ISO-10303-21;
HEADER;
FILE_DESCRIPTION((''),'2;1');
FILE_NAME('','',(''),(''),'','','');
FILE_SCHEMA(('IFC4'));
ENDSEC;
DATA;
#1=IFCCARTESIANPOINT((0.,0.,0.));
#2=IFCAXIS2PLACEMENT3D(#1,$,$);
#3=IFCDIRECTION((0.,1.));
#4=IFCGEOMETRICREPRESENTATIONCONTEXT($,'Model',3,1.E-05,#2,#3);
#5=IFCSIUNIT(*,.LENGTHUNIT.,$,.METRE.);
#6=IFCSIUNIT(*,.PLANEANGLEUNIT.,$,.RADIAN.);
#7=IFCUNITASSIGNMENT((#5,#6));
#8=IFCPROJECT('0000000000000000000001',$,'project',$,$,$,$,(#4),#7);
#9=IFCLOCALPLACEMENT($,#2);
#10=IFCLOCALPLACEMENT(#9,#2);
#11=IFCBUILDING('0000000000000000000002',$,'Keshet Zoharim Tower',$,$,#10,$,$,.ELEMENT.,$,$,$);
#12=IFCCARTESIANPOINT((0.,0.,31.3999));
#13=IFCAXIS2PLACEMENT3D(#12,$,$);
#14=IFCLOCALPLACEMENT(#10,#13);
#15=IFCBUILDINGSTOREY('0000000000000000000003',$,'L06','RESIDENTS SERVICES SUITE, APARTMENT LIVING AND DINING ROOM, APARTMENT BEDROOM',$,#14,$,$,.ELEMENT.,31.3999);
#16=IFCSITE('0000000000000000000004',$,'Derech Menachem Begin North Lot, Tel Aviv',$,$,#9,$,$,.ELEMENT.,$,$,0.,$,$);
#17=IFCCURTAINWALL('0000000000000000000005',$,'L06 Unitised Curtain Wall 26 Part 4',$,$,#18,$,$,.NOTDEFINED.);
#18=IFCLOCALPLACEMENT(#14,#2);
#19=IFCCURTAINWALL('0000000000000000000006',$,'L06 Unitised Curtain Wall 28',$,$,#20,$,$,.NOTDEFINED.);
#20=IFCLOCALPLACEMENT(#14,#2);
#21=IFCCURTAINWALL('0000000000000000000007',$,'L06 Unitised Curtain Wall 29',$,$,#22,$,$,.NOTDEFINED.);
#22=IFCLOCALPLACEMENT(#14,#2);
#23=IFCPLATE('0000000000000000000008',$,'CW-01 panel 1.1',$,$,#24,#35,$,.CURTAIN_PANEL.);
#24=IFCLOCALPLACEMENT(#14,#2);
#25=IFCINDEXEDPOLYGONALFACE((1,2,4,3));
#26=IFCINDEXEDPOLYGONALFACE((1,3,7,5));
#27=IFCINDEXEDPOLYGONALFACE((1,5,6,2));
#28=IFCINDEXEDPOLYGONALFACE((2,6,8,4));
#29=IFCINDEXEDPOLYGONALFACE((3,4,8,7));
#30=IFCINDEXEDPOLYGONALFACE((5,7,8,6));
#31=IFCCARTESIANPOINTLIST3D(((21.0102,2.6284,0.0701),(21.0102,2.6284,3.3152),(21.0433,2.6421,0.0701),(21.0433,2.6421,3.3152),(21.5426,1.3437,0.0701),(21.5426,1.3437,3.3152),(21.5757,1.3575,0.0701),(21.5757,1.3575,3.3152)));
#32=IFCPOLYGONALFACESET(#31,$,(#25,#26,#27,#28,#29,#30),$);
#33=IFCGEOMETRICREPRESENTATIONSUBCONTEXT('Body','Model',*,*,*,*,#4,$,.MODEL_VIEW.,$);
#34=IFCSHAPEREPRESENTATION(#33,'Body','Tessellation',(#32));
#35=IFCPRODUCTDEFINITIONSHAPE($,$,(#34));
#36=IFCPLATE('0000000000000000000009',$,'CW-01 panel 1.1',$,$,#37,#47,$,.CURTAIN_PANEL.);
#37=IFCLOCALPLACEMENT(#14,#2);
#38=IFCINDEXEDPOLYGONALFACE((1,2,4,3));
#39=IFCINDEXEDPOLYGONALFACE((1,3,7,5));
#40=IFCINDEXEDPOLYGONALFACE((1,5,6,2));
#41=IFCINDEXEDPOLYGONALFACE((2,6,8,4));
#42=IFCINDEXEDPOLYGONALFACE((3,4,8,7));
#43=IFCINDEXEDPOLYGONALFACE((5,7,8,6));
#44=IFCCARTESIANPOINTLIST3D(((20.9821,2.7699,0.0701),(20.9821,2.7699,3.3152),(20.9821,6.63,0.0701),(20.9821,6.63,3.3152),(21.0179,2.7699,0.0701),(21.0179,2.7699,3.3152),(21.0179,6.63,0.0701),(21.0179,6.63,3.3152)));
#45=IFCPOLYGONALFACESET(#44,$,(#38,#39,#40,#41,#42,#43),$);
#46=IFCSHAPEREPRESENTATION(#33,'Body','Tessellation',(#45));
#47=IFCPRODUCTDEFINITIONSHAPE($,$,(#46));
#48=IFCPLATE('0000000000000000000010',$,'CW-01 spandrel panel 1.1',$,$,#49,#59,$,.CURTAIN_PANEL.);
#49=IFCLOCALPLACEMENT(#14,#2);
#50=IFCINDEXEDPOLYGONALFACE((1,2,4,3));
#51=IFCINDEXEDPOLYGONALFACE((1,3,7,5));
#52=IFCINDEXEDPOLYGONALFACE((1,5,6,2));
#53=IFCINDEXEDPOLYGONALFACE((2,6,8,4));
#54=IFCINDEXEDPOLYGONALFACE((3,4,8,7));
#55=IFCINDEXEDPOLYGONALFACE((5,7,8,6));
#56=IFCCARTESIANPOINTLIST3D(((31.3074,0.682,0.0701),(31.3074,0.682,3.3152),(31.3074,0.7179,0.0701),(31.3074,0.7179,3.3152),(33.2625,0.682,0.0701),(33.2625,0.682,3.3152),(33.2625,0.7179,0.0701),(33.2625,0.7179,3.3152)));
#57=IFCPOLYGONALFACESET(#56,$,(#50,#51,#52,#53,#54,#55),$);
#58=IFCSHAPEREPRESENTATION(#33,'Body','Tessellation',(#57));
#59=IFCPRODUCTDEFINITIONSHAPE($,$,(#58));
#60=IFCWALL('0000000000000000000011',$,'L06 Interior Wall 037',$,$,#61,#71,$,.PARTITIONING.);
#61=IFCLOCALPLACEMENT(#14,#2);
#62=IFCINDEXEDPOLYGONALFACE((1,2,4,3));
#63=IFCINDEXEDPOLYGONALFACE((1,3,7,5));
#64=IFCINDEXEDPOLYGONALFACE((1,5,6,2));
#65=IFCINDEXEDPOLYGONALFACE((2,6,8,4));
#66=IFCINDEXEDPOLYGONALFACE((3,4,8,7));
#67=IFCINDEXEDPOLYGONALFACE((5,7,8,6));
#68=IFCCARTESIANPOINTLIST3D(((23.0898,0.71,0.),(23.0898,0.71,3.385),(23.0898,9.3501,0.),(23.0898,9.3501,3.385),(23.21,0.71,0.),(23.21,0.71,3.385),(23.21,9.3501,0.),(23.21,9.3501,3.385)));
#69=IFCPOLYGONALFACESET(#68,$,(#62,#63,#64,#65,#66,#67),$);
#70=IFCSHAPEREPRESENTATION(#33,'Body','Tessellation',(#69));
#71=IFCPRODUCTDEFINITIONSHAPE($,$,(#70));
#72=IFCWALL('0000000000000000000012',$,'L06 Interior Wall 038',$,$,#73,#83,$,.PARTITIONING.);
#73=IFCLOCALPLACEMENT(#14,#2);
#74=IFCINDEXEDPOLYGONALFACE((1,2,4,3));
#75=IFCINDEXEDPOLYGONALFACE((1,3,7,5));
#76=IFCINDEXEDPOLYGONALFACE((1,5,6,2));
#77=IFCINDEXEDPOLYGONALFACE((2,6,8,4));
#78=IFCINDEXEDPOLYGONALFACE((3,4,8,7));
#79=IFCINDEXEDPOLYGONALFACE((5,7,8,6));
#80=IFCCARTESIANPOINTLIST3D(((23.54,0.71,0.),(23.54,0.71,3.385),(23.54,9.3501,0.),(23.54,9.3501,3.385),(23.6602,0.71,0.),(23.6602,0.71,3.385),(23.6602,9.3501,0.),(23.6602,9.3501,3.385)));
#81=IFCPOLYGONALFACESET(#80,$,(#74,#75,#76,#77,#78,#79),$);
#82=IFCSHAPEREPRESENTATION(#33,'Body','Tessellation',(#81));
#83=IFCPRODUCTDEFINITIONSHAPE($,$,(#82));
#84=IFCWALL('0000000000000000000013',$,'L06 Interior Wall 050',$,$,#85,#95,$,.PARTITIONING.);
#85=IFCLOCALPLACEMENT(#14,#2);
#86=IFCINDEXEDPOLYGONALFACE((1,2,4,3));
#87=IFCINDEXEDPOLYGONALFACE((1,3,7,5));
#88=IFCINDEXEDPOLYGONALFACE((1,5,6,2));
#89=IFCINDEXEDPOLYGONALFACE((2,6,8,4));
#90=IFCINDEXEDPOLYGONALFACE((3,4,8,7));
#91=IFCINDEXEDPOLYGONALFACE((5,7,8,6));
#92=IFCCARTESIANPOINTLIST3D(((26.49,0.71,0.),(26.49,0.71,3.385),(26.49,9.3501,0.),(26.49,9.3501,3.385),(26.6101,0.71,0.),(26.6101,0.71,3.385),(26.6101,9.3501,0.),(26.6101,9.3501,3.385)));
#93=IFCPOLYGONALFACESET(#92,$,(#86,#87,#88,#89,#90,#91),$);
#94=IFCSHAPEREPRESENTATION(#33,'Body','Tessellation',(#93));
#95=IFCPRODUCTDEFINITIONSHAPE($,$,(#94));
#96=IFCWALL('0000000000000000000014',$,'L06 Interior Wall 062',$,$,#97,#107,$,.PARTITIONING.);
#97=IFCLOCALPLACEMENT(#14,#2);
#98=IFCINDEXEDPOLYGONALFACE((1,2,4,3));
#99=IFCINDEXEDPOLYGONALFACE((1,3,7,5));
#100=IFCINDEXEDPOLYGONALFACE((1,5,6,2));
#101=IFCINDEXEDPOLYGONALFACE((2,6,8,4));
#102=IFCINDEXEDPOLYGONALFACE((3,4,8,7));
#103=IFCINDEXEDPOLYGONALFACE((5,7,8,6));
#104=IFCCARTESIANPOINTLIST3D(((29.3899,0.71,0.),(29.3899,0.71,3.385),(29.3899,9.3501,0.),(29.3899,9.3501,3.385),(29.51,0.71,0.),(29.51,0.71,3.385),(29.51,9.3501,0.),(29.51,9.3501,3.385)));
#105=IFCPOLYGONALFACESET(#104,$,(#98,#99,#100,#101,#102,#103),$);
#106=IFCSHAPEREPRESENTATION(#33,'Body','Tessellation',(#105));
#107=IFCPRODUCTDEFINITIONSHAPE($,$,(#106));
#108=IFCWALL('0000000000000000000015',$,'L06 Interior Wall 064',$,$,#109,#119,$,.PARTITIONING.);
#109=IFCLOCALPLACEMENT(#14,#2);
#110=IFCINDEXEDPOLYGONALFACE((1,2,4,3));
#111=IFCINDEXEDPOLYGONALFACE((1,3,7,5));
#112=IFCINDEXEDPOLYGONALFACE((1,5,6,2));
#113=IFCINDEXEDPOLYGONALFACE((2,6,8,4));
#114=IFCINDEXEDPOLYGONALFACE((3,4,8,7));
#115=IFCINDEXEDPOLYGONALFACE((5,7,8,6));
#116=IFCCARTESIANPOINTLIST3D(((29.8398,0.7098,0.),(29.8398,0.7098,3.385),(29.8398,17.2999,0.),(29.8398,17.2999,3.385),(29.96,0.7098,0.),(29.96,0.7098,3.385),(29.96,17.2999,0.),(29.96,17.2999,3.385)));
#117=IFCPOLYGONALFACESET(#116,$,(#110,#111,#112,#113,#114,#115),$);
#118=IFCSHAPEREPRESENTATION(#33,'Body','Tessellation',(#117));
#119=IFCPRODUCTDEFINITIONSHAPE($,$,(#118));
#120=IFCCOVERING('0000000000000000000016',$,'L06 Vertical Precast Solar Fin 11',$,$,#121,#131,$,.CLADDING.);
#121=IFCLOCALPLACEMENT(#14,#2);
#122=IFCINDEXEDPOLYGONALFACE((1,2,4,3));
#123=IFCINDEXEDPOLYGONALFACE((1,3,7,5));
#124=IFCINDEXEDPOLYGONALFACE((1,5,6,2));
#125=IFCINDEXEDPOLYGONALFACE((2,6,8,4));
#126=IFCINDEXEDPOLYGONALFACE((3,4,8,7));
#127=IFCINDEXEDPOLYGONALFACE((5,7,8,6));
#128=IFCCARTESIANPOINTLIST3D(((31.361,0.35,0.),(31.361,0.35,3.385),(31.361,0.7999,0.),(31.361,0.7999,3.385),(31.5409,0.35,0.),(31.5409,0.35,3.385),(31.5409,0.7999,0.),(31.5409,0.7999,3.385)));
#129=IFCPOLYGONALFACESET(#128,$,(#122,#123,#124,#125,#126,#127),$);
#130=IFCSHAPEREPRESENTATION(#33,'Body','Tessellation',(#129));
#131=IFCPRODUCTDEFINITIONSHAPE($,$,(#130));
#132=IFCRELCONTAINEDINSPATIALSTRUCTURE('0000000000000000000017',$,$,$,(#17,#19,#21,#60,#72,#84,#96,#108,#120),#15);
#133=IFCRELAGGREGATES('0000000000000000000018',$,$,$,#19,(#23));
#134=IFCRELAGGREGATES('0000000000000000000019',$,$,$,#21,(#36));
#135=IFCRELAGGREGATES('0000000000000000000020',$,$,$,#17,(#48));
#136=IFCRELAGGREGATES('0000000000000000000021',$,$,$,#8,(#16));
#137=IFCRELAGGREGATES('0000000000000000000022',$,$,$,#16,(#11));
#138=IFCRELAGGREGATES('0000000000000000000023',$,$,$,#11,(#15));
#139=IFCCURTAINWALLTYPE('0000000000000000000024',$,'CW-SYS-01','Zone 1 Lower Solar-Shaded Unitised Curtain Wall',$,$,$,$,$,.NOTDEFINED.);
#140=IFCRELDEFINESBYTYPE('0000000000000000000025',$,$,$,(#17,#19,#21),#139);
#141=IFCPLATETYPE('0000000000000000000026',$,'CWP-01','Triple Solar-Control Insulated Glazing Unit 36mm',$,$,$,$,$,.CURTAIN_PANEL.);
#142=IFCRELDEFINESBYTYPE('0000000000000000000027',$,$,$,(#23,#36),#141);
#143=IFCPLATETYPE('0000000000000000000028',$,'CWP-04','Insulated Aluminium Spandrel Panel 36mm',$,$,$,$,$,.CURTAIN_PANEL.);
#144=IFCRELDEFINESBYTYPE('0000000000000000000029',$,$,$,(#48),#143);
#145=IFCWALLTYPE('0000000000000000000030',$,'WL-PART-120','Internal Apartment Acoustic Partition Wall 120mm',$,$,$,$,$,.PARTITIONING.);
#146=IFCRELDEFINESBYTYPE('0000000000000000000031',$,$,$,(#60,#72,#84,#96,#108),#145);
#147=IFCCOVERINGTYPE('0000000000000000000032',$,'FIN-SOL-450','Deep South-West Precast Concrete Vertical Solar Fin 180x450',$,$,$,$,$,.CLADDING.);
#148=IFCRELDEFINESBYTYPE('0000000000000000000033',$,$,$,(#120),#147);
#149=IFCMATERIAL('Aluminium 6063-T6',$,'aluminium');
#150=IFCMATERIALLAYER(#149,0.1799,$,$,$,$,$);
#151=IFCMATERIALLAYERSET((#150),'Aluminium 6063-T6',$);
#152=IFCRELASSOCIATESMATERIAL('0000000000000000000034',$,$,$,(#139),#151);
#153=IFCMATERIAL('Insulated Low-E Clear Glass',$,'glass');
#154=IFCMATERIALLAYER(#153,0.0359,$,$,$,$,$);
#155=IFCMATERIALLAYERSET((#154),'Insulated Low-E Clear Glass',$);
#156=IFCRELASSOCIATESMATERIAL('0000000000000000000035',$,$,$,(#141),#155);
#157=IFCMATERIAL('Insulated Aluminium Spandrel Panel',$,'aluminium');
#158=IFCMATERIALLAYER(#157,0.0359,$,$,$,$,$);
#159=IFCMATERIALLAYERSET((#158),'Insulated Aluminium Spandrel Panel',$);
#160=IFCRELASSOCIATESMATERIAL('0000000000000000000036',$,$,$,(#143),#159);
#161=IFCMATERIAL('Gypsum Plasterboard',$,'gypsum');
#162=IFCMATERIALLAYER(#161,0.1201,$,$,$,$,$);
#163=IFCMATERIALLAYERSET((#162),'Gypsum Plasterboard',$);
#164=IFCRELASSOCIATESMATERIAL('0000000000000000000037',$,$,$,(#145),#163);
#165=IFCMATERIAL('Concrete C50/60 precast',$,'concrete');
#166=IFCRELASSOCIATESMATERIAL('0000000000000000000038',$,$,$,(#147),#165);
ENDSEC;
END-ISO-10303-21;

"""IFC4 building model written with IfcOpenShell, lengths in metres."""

from ifc_helpers import new_model, si_unit, direction, frame, frame_2d, origin, origin_2d, place, context, subcontext, project, spatial, rectangle, extrude, material, layer, layer_set, type_object, element, aggregate, save


model = new_model("IFC4")

# Units and contexts
model_context = context("Model", 3, precision=1e-05, world=origin(), true_north=direction((0.0, 1.0)))
body_context = subcontext(model_context, "Body", "Model", "MODEL_VIEW")
ifc_project = project(units=[si_unit("LENGTHUNIT", "METRE"), si_unit("PLANEANGLEUNIT", "RADIAN")], contexts=[model_context])

# Site, building, storey
site_placement = place(None, origin())
site = spatial("IfcSite", under=ifc_project, at=site_placement, Name="Derech Menachem Begin North Lot, Tel Aviv", CompositionType="ELEMENT", RefElevation=0.0)
building_placement = place(site_placement, origin())
building = spatial("IfcBuilding", under=site, at=building_placement, Name="Keshet Zoharim Tower", CompositionType="ELEMENT")
storey_placement = place(building_placement, frame((0.0, 0.0, 31.3999)))
storey = spatial("IfcBuildingStorey", under=building, at=storey_placement, Name="L06", Description="RESIDENTS SERVICES SUITE, APARTMENT LIVING AND DINING ROOM, APARTMENT BEDROOM", CompositionType="ELEMENT", Elevation=31.3999)

# Curtain wall
ifc_material_1 = material(Name="Aluminium 6063-T6", Category="aluminium")
ifc_layer_1 = layer(ifc_material_1, 0.1799)
ifc_layer_set_1 = layer_set([ifc_layer_1], Name="Aluminium 6063-T6")
curtain_wall_type = type_object("IfcCurtainWallType", Name="CW-SYS-01", Description="Zone 1 Lower Solar-Shaded Unitised Curtain Wall", PredefinedType="NOTDEFINED", material=ifc_layer_set_1)
curtain_wall_1_placement = place(storey_placement, origin())
curtain_wall_1 = element("IfcCurtainWall", 1, at=curtain_wall_1_placement, inside=storey, type_object=curtain_wall_type, Name="L06 Unitised Curtain Wall 26 Part 4", PredefinedType="NOTDEFINED")

# Curtain wall
curtain_wall_2_placement = place(storey_placement, origin())
curtain_wall_2 = element("IfcCurtainWall", 2, at=curtain_wall_2_placement, inside=storey, type_object=curtain_wall_type, Name="L06 Unitised Curtain Wall 28", PredefinedType="NOTDEFINED")

# Curtain wall
curtain_wall_3_placement = place(storey_placement, origin())
curtain_wall_3 = element("IfcCurtainWall", 3, at=curtain_wall_3_placement, inside=storey, type_object=curtain_wall_type, Name="L06 Unitised Curtain Wall 29", PredefinedType="NOTDEFINED")

# Plates
ifc_material_2 = material(Name="Insulated Low-E Clear Glass", Category="glass")
ifc_layer_2 = layer(ifc_material_2, 0.0359)
ifc_layer_set_2 = layer_set([ifc_layer_2], Name="Insulated Low-E Clear Glass")
plate_type_1 = type_object("IfcPlateType", Name="CWP-01", Description="Triple Solar-Control Insulated Glazing Unit 36mm", PredefinedType="CURTAIN_PANEL", material=ifc_layer_set_2)
plate_1_placement = place(storey_placement, frame((21.293, 1.9929, 0.0701), z_axis=(0.0, 0.0, 1.0), x_axis=(-0.382852, 0.92381, 0.0)))
plate_1 = element("IfcPlate", 4, at=plate_1_placement, type_object=plate_type_1, Name="CW-01 panel 1.1", PredefinedType="CURTAIN_PANEL", context=body_context, shape_type="SweptSolid", body=[
    extrude(rectangle(XDim=1.3906, YDim=0.0359, at=origin_2d()), origin(), (0.0, 0.0, 1.0), 3.2451),
])
aggregate(curtain_wall_2, [plate_1])
plate_2_placement = place(storey_placement, frame((21.0, 4.7, 0.0701), z_axis=(0.0, 0.0, 1.0), x_axis=(0.0, 1.0, 0.0)))
plate_2 = element("IfcPlate", 5, at=plate_2_placement, type_object=plate_type_1, Name="CW-01 panel 1.1", PredefinedType="CURTAIN_PANEL", context=body_context, shape_type="SweptSolid", body=[
    extrude(rectangle(XDim=3.8601, YDim=0.0359, at=origin_2d()), origin(), (0.0, 0.0, 1.0), 3.2451),
])
aggregate(curtain_wall_3, [plate_2])
ifc_material_3 = material(Name="Insulated Aluminium Spandrel Panel", Category="aluminium")
ifc_layer_3 = layer(ifc_material_3, 0.0359)
ifc_layer_set_3 = layer_set([ifc_layer_3], Name="Insulated Aluminium Spandrel Panel")
plate_type_2 = type_object("IfcPlateType", Name="CWP-04", Description="Insulated Aluminium Spandrel Panel 36mm", PredefinedType="CURTAIN_PANEL", material=ifc_layer_set_3)
plate_3_placement = place(storey_placement, frame((32.2849, 0.7, 0.0701), z_axis=(0.0, 0.0, 1.0), x_axis=(-1.0, 0.0, 0.0)))
plate_3 = element("IfcPlate", 6, at=plate_3_placement, type_object=plate_type_2, Name="CW-01 spandrel panel 1.1", PredefinedType="CURTAIN_PANEL", context=body_context, shape_type="SweptSolid", body=[
    extrude(rectangle(XDim=1.9551, YDim=0.0359, at=origin_2d()), origin(), (0.0, 0.0, 1.0), 3.2451),
])
aggregate(curtain_wall_1, [plate_3])

# Walls
ifc_material_4 = material(Name="Gypsum Plasterboard", Category="gypsum")
ifc_layer_4 = layer(ifc_material_4, 0.1201)
ifc_layer_set_4 = layer_set([ifc_layer_4], Name="Gypsum Plasterboard")
wall_type = type_object("IfcWallType", Name="WL-PART-120", Description="Internal Apartment Acoustic Partition Wall 120mm", PredefinedType="PARTITIONING", material=ifc_layer_set_4)
for number, where, z_axis, x_axis, name in (
    (7, (23.1499, 0.71, 0.0), (0.0, 0.0, 1.0), (0.0, 1.0, 0.0), "L06 Interior Wall 037"),
    (8, (23.6001, 0.71, 0.0), (0.0, 0.0, 1.0), (0.0, 1.0, 0.0), "L06 Interior Wall 038"),
    (9, (26.55, 0.71, 0.0), (0.0, 0.0, 1.0), (0.0, 1.0, 0.0), "L06 Interior Wall 050"),
    (10, (29.45, 0.71, 0.0), (0.0, 0.0, 1.0), (0.0, 1.0, 0.0), "L06 Interior Wall 062"),
):
    element("IfcWall", number, at=place(storey_placement, frame(where, z_axis=z_axis, x_axis=x_axis)), inside=storey, type_object=wall_type, Name=name, PredefinedType="PARTITIONING", context=body_context, shape_type="SweptSolid", body=[
        extrude(rectangle(XDim=8.6401, YDim=0.1201, at=frame_2d((4.3201, 0.0))), origin(), (0.0, 0.0, 1.0), 3.385),
    ])
wall_placement = place(storey_placement, frame((29.8999, 0.71, 0.0), z_axis=(0.0, 0.0, 1.0), x_axis=(0.0, 1.0, 0.0)))
element("IfcWall", 11, at=wall_placement, inside=storey, type_object=wall_type, Name="L06 Interior Wall 064", PredefinedType="PARTITIONING", context=body_context, shape_type="SweptSolid", body=[
    extrude(rectangle(XDim=16.5901, YDim=0.1201, at=frame_2d((8.2949, 0.0))), origin(), (0.0, 0.0, 1.0), 3.385),
])

# Covering
ifc_material_5 = material(Name="Concrete C50/60 precast", Category="concrete")
covering_type = type_object("IfcCoveringType", Name="FIN-SOL-450", Description="Deep South-West Precast Concrete Vertical Solar Fin 180x450", PredefinedType="CLADDING", material=ifc_material_5)
covering_placement = place(storey_placement, frame((31.4509, 0.575, 0.0), z_axis=(0.0, 0.0, 1.0), x_axis=(-1.0, 0.0, 0.0)))
element("IfcCovering", 12, at=covering_placement, inside=storey, type_object=covering_type, Name="L06 Vertical Precast Solar Fin 11", PredefinedType="CLADDING", context=body_context, shape_type="SweptSolid", body=[
    extrude(rectangle(XDim=0.1799, YDim=0.45, at=origin_2d()), origin(), (0.0, 0.0, 1.0), 3.385),
])

save(model, "model.ifc")
